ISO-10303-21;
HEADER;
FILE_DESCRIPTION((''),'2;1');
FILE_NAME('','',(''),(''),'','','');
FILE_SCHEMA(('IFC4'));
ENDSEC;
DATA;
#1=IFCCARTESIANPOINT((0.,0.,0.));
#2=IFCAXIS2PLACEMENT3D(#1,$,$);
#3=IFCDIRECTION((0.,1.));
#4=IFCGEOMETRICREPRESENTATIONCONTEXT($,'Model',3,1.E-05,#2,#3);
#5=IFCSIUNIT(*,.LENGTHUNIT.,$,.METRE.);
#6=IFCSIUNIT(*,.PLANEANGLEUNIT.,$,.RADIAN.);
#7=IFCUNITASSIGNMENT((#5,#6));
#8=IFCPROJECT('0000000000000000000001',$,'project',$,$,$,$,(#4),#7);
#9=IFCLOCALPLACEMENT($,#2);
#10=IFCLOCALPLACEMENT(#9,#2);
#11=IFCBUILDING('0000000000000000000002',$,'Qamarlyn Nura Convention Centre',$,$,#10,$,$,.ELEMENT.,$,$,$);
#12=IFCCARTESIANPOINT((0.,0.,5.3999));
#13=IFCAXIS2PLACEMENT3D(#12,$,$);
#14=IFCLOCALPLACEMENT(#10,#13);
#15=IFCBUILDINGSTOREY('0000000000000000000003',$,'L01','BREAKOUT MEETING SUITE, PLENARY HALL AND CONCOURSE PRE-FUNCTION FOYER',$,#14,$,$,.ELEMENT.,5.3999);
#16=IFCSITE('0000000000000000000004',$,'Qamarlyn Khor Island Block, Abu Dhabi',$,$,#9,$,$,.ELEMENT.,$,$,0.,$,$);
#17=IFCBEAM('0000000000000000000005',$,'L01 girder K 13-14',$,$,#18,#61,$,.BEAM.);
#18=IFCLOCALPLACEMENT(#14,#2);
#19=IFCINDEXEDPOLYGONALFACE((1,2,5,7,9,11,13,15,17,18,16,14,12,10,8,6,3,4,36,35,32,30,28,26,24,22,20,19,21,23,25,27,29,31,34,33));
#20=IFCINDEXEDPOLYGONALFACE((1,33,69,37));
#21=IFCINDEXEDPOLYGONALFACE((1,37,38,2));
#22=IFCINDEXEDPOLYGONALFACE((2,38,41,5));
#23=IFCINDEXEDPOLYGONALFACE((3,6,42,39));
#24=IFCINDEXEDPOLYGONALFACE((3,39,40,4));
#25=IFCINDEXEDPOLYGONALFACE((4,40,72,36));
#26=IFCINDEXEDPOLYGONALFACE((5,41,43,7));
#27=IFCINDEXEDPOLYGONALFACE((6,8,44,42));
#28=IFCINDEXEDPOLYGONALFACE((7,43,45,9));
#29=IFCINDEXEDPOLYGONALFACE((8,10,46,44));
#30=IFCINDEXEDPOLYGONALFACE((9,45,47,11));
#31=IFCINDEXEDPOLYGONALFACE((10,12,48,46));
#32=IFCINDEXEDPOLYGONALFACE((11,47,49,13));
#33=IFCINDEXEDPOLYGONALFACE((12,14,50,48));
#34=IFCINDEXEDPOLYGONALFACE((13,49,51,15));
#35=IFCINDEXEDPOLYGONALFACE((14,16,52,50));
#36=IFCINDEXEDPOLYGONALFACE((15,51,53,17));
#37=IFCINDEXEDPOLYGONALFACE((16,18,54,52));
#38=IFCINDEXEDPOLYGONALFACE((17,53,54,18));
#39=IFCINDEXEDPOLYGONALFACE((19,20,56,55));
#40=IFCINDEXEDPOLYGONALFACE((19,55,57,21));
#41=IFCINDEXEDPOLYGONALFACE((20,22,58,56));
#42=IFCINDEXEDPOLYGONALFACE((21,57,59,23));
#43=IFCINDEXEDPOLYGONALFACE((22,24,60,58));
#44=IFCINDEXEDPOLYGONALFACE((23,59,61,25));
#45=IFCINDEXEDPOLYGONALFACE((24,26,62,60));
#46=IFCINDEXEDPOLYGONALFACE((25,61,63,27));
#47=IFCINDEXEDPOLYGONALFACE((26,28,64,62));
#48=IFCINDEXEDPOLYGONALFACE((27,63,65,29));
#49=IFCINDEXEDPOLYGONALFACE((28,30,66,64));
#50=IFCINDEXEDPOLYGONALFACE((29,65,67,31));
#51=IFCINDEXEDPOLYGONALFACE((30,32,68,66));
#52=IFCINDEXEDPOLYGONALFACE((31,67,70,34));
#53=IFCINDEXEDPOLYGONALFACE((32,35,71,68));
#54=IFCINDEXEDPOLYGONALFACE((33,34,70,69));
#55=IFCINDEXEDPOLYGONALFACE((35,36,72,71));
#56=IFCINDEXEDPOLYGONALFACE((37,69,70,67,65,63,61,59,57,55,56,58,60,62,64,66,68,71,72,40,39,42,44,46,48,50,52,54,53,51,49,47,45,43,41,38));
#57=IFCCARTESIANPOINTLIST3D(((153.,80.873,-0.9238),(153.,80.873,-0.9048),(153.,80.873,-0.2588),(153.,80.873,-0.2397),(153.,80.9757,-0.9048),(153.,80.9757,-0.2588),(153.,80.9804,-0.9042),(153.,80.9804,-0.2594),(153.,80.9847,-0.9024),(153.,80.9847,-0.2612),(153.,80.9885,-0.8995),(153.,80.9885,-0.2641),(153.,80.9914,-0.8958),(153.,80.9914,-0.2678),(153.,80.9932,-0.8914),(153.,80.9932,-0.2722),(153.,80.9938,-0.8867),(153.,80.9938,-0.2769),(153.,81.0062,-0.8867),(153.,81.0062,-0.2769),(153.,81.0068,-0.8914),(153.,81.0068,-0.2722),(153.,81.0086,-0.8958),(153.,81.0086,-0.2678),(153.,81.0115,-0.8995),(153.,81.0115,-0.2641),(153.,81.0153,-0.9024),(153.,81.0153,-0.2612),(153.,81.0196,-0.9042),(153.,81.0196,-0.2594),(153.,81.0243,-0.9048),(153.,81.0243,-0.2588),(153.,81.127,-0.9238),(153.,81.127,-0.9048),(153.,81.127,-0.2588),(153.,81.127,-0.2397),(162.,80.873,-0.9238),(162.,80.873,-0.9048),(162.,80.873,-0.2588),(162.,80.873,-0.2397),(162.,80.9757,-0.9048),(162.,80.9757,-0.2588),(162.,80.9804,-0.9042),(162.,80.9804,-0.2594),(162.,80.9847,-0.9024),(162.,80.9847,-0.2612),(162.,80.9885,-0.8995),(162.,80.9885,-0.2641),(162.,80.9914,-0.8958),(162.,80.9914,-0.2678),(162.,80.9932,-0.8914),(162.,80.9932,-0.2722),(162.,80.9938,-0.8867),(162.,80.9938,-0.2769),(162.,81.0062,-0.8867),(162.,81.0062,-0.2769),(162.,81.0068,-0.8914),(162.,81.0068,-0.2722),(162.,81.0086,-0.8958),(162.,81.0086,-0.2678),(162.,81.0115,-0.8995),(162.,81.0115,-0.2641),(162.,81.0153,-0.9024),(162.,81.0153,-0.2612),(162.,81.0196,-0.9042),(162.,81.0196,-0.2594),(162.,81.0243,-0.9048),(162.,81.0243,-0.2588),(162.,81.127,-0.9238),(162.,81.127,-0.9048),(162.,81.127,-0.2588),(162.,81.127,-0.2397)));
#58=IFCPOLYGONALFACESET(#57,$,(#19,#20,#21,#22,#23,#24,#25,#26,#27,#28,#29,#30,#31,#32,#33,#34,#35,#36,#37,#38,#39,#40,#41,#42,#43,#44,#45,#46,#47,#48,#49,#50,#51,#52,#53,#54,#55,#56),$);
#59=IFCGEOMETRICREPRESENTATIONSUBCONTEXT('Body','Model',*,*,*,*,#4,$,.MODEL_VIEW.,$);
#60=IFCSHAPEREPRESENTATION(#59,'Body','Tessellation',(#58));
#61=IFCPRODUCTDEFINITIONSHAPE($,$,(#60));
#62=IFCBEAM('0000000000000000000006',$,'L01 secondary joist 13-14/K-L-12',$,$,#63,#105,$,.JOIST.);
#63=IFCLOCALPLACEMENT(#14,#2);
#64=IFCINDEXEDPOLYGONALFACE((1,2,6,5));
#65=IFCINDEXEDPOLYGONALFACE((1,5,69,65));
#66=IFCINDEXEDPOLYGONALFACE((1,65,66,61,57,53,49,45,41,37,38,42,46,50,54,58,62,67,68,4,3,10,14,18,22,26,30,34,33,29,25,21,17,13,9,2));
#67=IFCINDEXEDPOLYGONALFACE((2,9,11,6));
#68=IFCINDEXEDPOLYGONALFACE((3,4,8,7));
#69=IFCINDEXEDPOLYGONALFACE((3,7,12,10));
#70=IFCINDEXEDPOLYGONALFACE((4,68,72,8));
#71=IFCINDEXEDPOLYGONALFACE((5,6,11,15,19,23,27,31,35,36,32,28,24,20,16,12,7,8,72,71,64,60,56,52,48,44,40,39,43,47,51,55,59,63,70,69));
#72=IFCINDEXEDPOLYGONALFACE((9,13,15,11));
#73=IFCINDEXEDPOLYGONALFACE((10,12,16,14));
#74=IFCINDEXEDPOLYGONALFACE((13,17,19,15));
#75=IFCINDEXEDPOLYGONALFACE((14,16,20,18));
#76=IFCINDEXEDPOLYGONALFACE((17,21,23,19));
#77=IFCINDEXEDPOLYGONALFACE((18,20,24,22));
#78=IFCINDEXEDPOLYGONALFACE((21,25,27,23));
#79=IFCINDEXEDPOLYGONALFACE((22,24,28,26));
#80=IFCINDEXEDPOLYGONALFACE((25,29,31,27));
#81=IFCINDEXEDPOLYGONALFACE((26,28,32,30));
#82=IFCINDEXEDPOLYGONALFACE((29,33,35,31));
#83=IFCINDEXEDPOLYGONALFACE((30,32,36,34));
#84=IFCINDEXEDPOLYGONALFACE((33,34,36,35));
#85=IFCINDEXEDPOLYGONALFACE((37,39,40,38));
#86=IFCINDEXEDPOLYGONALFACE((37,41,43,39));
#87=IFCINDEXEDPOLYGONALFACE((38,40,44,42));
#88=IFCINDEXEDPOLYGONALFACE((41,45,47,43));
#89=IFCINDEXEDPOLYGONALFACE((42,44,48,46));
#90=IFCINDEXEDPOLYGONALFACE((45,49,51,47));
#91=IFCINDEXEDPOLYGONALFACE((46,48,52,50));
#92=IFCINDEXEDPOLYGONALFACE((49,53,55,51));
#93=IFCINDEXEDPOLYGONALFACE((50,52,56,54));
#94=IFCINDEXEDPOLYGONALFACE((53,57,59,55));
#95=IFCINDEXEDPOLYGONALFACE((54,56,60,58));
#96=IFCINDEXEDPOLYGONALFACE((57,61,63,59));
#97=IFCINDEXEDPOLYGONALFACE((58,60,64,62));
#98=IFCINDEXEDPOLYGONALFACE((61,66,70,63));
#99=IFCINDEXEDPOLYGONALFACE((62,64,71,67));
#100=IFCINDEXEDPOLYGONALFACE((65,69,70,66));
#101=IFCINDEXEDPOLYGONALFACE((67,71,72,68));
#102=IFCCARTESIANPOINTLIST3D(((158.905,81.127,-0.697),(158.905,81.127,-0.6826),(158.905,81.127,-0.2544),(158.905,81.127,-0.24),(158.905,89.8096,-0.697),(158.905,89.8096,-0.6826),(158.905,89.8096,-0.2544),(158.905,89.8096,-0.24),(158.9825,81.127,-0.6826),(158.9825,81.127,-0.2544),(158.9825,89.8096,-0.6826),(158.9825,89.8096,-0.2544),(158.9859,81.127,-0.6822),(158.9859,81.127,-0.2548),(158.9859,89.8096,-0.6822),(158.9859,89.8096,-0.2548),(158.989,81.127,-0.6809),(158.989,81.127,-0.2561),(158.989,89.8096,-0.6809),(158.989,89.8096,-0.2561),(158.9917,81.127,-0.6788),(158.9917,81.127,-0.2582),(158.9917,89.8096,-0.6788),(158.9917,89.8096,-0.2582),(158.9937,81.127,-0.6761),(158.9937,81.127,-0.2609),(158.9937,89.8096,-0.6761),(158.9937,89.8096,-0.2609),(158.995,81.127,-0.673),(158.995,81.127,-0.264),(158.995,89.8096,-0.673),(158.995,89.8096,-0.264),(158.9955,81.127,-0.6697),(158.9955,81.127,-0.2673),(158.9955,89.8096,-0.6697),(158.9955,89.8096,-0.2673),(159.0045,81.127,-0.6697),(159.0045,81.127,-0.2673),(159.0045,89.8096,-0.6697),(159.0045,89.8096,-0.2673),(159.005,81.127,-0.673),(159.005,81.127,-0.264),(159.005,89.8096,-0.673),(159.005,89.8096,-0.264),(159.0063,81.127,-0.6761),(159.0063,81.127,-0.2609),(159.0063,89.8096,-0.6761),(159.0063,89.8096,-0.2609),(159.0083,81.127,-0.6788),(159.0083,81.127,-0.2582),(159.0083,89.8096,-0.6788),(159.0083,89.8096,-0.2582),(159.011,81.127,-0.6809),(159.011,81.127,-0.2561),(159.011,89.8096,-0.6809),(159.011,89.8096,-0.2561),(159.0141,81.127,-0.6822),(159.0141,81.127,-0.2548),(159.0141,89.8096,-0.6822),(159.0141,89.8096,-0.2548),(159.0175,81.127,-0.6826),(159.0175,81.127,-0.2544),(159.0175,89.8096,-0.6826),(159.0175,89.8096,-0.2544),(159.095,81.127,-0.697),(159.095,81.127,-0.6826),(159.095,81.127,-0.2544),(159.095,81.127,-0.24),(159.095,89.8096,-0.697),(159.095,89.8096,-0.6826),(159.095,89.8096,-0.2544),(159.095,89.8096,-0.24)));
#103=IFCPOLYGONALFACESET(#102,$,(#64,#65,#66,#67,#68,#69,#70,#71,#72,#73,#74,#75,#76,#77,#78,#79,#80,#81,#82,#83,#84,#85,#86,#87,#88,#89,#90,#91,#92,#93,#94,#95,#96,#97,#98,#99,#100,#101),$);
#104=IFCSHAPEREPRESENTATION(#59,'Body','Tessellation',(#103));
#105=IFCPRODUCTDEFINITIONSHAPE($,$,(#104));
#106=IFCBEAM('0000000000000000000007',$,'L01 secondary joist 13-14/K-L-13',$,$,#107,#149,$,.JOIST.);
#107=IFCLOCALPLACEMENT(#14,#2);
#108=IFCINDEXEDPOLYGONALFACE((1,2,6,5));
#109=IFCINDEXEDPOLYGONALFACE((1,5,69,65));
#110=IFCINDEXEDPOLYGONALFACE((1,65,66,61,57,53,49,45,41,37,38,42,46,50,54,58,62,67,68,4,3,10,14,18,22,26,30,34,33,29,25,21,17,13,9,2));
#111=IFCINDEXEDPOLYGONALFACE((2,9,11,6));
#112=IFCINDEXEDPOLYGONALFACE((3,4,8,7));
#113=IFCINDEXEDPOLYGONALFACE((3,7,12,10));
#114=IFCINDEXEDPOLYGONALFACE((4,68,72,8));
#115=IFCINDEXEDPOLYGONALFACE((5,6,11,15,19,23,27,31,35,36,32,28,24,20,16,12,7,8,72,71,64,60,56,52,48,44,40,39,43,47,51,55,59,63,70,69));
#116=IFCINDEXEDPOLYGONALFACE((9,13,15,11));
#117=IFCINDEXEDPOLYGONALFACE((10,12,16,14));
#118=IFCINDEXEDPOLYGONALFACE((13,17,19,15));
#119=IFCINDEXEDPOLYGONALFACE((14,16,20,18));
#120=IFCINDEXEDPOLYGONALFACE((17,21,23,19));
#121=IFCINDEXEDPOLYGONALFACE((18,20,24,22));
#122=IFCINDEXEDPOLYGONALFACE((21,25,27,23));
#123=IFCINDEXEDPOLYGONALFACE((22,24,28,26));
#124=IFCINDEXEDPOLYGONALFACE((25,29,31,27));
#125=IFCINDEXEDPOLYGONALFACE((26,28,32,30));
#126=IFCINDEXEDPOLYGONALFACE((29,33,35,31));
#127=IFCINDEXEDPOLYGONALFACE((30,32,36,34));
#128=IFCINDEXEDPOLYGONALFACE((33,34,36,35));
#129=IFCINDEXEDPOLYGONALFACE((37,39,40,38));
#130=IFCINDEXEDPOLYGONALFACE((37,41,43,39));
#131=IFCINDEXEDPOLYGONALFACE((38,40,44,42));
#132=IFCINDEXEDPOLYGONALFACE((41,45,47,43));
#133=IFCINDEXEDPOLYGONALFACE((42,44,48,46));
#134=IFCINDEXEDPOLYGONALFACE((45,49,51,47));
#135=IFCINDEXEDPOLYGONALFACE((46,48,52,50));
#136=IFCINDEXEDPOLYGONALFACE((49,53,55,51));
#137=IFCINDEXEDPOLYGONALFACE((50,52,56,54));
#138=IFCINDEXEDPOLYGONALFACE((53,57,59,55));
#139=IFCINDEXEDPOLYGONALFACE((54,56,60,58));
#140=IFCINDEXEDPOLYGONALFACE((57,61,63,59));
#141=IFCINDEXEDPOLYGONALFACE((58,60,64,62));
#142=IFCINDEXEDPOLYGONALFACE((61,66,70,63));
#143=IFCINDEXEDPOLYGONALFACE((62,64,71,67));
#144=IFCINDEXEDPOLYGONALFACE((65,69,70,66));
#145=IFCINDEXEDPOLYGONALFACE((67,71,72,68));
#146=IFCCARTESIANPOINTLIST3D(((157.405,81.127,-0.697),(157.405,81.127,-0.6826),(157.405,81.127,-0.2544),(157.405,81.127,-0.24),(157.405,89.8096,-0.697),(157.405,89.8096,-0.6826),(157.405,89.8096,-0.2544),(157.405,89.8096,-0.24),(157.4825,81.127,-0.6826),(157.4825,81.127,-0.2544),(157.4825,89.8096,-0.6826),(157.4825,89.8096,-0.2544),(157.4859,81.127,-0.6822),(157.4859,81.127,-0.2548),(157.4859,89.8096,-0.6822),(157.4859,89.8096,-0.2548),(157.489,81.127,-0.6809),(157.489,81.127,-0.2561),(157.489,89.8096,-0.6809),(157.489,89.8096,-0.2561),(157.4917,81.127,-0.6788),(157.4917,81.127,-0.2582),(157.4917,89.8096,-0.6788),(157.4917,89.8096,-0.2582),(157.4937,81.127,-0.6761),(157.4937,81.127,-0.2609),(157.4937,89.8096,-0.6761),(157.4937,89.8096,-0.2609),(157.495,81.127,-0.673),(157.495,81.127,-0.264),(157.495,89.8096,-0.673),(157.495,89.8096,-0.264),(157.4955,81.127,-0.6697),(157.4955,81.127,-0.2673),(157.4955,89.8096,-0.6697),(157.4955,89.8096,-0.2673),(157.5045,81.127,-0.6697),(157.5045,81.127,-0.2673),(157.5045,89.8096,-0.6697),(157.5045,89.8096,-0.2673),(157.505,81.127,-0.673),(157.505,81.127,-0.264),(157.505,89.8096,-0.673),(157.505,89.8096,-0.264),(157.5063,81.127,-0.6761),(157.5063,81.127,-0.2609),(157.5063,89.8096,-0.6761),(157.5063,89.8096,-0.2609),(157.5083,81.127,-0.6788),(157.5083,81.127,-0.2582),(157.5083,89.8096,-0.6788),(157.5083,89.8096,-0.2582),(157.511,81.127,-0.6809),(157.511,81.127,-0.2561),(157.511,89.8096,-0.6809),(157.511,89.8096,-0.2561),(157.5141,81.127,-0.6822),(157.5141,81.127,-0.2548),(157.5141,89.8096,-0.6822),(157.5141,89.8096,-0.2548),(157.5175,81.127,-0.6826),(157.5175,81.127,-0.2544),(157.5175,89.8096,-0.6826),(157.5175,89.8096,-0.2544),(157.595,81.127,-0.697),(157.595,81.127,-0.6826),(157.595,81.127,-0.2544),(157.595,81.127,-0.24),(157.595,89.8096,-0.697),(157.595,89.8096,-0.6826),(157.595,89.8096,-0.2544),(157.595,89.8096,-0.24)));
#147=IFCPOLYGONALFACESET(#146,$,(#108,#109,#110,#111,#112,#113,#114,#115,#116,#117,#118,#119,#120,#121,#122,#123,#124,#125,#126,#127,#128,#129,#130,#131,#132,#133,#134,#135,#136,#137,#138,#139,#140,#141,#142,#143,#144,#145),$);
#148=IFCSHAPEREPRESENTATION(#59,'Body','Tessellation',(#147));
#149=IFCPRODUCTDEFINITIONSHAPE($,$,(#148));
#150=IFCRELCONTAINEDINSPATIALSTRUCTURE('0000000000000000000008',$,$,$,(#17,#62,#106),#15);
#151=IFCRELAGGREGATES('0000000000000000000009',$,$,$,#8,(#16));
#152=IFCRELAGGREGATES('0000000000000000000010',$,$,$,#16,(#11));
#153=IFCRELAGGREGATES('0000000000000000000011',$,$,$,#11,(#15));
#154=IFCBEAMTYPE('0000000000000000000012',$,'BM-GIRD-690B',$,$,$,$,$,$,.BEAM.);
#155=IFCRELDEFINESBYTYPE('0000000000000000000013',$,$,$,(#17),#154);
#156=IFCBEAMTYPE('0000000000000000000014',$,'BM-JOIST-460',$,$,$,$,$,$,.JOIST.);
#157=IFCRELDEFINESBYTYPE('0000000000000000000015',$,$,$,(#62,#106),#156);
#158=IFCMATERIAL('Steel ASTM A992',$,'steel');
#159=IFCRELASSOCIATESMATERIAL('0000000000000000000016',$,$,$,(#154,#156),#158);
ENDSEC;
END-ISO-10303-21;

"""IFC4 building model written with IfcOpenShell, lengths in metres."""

from ifc_helpers import new_model, si_unit, direction, frame, origin, origin_2d, place, context, subcontext, project, spatial, i_section, extrude, material, material_profile, profile_set, type_object, element, save


model = new_model("IFC4")

# Units and contexts
model_context = context("Model", 3, precision=1e-05, world=origin(), true_north=direction((0.0, 1.0)))
body_context = subcontext(model_context, "Body", "Model", "MODEL_VIEW")
ifc_project = project(units=[si_unit("LENGTHUNIT", "METRE"), si_unit("PLANEANGLEUNIT", "RADIAN")], contexts=[model_context])

# Site, building, storey
site_placement = place(None, origin())
site = spatial("IfcSite", under=ifc_project, at=site_placement, Name="Qamarlyn Khor Island Block, Abu Dhabi", CompositionType="ELEMENT", RefElevation=0.0)
building_placement = place(site_placement, origin())
building = spatial("IfcBuilding", under=site, at=building_placement, Name="Qamarlyn Nura Convention Centre", CompositionType="ELEMENT")
storey_placement = place(building_placement, frame((0.0, 0.0, 5.3999)))
storey = spatial("IfcBuildingStorey", under=building, at=storey_placement, Name="L01", Description="BREAKOUT MEETING SUITE, PLENARY HALL AND CONCOURSE PRE-FUNCTION FOYER", CompositionType="ELEMENT", Elevation=5.3999)

# Shared definitions
ifc_material_1 = material(Name="Steel ASTM A992", Category="steel")

# Beams
ifc_material_profile_1 = material_profile(ifc_material_1, i_section(OverallWidth=0.2539, OverallDepth=0.6841, WebThickness=0.0125, FlangeThickness=0.019, FilletRadius=0.0181, at=origin_2d()), Name="W690X140")
ifc_profile_set_1 = profile_set([ifc_material_profile_1], Name="Steel ASTM A992")
beam_type_1 = type_object("IfcBeamType", Name="BM-GIRD-690B", PredefinedType="BEAM", material=ifc_profile_set_1)
beam_1_placement = place(storey_placement, frame((153.0, 81.0, -0.5818), z_axis=(1.0, 0.0, 0.0), x_axis=(0.0, 1.0, 0.0)))
element("IfcBeam", 1, at=beam_1_placement, inside=storey, type_object=beam_type_1, Name="L01 girder K 13-14", PredefinedType="BEAM", context=body_context, shape_type="SweptSolid", body=[
    extrude(i_section(OverallWidth=0.2539, OverallDepth=0.6841, WebThickness=0.0125, FlangeThickness=0.019, FilletRadius=0.0181, at=origin_2d()), origin(), (0.0, 0.0, 1.0), 9.0),
])
ifc_material_profile_2 = material_profile(ifc_material_1, i_section(OverallWidth=0.1899, OverallDepth=0.457, WebThickness=0.009, FlangeThickness=0.0144, FilletRadius=0.0129, at=origin_2d()), Name="W460X74")
ifc_profile_set_2 = profile_set([ifc_material_profile_2], Name="Steel ASTM A992")
beam_type_2 = type_object("IfcBeamType", Name="BM-JOIST-460", PredefinedType="JOIST", material=ifc_profile_set_2)
for number, where, z_axis, x_axis, name in (
    (2, (159.0, 81.127, -0.4685), (0.0, 1.0, 0.0), (-1.0, 0.0, 0.0), "L01 secondary joist 13-14/K-L-12"),
    (3, (157.5, 81.127, -0.4685), (0.0, 1.0, 0.0), (-1.0, 0.0, 0.0), "L01 secondary joist 13-14/K-L-13"),
):
    element("IfcBeam", number, at=place(storey_placement, frame(where, z_axis=z_axis, x_axis=x_axis)), inside=storey, type_object=beam_type_2, Name=name, PredefinedType="JOIST", context=body_context, shape_type="SweptSolid", body=[
        extrude(i_section(OverallWidth=0.1899, OverallDepth=0.457, WebThickness=0.009, FlangeThickness=0.0144, FilletRadius=0.0129, at=origin_2d()), origin(), (0.0, 0.0, 1.0), 8.6826),
    ])

save(model, "model.ifc")
